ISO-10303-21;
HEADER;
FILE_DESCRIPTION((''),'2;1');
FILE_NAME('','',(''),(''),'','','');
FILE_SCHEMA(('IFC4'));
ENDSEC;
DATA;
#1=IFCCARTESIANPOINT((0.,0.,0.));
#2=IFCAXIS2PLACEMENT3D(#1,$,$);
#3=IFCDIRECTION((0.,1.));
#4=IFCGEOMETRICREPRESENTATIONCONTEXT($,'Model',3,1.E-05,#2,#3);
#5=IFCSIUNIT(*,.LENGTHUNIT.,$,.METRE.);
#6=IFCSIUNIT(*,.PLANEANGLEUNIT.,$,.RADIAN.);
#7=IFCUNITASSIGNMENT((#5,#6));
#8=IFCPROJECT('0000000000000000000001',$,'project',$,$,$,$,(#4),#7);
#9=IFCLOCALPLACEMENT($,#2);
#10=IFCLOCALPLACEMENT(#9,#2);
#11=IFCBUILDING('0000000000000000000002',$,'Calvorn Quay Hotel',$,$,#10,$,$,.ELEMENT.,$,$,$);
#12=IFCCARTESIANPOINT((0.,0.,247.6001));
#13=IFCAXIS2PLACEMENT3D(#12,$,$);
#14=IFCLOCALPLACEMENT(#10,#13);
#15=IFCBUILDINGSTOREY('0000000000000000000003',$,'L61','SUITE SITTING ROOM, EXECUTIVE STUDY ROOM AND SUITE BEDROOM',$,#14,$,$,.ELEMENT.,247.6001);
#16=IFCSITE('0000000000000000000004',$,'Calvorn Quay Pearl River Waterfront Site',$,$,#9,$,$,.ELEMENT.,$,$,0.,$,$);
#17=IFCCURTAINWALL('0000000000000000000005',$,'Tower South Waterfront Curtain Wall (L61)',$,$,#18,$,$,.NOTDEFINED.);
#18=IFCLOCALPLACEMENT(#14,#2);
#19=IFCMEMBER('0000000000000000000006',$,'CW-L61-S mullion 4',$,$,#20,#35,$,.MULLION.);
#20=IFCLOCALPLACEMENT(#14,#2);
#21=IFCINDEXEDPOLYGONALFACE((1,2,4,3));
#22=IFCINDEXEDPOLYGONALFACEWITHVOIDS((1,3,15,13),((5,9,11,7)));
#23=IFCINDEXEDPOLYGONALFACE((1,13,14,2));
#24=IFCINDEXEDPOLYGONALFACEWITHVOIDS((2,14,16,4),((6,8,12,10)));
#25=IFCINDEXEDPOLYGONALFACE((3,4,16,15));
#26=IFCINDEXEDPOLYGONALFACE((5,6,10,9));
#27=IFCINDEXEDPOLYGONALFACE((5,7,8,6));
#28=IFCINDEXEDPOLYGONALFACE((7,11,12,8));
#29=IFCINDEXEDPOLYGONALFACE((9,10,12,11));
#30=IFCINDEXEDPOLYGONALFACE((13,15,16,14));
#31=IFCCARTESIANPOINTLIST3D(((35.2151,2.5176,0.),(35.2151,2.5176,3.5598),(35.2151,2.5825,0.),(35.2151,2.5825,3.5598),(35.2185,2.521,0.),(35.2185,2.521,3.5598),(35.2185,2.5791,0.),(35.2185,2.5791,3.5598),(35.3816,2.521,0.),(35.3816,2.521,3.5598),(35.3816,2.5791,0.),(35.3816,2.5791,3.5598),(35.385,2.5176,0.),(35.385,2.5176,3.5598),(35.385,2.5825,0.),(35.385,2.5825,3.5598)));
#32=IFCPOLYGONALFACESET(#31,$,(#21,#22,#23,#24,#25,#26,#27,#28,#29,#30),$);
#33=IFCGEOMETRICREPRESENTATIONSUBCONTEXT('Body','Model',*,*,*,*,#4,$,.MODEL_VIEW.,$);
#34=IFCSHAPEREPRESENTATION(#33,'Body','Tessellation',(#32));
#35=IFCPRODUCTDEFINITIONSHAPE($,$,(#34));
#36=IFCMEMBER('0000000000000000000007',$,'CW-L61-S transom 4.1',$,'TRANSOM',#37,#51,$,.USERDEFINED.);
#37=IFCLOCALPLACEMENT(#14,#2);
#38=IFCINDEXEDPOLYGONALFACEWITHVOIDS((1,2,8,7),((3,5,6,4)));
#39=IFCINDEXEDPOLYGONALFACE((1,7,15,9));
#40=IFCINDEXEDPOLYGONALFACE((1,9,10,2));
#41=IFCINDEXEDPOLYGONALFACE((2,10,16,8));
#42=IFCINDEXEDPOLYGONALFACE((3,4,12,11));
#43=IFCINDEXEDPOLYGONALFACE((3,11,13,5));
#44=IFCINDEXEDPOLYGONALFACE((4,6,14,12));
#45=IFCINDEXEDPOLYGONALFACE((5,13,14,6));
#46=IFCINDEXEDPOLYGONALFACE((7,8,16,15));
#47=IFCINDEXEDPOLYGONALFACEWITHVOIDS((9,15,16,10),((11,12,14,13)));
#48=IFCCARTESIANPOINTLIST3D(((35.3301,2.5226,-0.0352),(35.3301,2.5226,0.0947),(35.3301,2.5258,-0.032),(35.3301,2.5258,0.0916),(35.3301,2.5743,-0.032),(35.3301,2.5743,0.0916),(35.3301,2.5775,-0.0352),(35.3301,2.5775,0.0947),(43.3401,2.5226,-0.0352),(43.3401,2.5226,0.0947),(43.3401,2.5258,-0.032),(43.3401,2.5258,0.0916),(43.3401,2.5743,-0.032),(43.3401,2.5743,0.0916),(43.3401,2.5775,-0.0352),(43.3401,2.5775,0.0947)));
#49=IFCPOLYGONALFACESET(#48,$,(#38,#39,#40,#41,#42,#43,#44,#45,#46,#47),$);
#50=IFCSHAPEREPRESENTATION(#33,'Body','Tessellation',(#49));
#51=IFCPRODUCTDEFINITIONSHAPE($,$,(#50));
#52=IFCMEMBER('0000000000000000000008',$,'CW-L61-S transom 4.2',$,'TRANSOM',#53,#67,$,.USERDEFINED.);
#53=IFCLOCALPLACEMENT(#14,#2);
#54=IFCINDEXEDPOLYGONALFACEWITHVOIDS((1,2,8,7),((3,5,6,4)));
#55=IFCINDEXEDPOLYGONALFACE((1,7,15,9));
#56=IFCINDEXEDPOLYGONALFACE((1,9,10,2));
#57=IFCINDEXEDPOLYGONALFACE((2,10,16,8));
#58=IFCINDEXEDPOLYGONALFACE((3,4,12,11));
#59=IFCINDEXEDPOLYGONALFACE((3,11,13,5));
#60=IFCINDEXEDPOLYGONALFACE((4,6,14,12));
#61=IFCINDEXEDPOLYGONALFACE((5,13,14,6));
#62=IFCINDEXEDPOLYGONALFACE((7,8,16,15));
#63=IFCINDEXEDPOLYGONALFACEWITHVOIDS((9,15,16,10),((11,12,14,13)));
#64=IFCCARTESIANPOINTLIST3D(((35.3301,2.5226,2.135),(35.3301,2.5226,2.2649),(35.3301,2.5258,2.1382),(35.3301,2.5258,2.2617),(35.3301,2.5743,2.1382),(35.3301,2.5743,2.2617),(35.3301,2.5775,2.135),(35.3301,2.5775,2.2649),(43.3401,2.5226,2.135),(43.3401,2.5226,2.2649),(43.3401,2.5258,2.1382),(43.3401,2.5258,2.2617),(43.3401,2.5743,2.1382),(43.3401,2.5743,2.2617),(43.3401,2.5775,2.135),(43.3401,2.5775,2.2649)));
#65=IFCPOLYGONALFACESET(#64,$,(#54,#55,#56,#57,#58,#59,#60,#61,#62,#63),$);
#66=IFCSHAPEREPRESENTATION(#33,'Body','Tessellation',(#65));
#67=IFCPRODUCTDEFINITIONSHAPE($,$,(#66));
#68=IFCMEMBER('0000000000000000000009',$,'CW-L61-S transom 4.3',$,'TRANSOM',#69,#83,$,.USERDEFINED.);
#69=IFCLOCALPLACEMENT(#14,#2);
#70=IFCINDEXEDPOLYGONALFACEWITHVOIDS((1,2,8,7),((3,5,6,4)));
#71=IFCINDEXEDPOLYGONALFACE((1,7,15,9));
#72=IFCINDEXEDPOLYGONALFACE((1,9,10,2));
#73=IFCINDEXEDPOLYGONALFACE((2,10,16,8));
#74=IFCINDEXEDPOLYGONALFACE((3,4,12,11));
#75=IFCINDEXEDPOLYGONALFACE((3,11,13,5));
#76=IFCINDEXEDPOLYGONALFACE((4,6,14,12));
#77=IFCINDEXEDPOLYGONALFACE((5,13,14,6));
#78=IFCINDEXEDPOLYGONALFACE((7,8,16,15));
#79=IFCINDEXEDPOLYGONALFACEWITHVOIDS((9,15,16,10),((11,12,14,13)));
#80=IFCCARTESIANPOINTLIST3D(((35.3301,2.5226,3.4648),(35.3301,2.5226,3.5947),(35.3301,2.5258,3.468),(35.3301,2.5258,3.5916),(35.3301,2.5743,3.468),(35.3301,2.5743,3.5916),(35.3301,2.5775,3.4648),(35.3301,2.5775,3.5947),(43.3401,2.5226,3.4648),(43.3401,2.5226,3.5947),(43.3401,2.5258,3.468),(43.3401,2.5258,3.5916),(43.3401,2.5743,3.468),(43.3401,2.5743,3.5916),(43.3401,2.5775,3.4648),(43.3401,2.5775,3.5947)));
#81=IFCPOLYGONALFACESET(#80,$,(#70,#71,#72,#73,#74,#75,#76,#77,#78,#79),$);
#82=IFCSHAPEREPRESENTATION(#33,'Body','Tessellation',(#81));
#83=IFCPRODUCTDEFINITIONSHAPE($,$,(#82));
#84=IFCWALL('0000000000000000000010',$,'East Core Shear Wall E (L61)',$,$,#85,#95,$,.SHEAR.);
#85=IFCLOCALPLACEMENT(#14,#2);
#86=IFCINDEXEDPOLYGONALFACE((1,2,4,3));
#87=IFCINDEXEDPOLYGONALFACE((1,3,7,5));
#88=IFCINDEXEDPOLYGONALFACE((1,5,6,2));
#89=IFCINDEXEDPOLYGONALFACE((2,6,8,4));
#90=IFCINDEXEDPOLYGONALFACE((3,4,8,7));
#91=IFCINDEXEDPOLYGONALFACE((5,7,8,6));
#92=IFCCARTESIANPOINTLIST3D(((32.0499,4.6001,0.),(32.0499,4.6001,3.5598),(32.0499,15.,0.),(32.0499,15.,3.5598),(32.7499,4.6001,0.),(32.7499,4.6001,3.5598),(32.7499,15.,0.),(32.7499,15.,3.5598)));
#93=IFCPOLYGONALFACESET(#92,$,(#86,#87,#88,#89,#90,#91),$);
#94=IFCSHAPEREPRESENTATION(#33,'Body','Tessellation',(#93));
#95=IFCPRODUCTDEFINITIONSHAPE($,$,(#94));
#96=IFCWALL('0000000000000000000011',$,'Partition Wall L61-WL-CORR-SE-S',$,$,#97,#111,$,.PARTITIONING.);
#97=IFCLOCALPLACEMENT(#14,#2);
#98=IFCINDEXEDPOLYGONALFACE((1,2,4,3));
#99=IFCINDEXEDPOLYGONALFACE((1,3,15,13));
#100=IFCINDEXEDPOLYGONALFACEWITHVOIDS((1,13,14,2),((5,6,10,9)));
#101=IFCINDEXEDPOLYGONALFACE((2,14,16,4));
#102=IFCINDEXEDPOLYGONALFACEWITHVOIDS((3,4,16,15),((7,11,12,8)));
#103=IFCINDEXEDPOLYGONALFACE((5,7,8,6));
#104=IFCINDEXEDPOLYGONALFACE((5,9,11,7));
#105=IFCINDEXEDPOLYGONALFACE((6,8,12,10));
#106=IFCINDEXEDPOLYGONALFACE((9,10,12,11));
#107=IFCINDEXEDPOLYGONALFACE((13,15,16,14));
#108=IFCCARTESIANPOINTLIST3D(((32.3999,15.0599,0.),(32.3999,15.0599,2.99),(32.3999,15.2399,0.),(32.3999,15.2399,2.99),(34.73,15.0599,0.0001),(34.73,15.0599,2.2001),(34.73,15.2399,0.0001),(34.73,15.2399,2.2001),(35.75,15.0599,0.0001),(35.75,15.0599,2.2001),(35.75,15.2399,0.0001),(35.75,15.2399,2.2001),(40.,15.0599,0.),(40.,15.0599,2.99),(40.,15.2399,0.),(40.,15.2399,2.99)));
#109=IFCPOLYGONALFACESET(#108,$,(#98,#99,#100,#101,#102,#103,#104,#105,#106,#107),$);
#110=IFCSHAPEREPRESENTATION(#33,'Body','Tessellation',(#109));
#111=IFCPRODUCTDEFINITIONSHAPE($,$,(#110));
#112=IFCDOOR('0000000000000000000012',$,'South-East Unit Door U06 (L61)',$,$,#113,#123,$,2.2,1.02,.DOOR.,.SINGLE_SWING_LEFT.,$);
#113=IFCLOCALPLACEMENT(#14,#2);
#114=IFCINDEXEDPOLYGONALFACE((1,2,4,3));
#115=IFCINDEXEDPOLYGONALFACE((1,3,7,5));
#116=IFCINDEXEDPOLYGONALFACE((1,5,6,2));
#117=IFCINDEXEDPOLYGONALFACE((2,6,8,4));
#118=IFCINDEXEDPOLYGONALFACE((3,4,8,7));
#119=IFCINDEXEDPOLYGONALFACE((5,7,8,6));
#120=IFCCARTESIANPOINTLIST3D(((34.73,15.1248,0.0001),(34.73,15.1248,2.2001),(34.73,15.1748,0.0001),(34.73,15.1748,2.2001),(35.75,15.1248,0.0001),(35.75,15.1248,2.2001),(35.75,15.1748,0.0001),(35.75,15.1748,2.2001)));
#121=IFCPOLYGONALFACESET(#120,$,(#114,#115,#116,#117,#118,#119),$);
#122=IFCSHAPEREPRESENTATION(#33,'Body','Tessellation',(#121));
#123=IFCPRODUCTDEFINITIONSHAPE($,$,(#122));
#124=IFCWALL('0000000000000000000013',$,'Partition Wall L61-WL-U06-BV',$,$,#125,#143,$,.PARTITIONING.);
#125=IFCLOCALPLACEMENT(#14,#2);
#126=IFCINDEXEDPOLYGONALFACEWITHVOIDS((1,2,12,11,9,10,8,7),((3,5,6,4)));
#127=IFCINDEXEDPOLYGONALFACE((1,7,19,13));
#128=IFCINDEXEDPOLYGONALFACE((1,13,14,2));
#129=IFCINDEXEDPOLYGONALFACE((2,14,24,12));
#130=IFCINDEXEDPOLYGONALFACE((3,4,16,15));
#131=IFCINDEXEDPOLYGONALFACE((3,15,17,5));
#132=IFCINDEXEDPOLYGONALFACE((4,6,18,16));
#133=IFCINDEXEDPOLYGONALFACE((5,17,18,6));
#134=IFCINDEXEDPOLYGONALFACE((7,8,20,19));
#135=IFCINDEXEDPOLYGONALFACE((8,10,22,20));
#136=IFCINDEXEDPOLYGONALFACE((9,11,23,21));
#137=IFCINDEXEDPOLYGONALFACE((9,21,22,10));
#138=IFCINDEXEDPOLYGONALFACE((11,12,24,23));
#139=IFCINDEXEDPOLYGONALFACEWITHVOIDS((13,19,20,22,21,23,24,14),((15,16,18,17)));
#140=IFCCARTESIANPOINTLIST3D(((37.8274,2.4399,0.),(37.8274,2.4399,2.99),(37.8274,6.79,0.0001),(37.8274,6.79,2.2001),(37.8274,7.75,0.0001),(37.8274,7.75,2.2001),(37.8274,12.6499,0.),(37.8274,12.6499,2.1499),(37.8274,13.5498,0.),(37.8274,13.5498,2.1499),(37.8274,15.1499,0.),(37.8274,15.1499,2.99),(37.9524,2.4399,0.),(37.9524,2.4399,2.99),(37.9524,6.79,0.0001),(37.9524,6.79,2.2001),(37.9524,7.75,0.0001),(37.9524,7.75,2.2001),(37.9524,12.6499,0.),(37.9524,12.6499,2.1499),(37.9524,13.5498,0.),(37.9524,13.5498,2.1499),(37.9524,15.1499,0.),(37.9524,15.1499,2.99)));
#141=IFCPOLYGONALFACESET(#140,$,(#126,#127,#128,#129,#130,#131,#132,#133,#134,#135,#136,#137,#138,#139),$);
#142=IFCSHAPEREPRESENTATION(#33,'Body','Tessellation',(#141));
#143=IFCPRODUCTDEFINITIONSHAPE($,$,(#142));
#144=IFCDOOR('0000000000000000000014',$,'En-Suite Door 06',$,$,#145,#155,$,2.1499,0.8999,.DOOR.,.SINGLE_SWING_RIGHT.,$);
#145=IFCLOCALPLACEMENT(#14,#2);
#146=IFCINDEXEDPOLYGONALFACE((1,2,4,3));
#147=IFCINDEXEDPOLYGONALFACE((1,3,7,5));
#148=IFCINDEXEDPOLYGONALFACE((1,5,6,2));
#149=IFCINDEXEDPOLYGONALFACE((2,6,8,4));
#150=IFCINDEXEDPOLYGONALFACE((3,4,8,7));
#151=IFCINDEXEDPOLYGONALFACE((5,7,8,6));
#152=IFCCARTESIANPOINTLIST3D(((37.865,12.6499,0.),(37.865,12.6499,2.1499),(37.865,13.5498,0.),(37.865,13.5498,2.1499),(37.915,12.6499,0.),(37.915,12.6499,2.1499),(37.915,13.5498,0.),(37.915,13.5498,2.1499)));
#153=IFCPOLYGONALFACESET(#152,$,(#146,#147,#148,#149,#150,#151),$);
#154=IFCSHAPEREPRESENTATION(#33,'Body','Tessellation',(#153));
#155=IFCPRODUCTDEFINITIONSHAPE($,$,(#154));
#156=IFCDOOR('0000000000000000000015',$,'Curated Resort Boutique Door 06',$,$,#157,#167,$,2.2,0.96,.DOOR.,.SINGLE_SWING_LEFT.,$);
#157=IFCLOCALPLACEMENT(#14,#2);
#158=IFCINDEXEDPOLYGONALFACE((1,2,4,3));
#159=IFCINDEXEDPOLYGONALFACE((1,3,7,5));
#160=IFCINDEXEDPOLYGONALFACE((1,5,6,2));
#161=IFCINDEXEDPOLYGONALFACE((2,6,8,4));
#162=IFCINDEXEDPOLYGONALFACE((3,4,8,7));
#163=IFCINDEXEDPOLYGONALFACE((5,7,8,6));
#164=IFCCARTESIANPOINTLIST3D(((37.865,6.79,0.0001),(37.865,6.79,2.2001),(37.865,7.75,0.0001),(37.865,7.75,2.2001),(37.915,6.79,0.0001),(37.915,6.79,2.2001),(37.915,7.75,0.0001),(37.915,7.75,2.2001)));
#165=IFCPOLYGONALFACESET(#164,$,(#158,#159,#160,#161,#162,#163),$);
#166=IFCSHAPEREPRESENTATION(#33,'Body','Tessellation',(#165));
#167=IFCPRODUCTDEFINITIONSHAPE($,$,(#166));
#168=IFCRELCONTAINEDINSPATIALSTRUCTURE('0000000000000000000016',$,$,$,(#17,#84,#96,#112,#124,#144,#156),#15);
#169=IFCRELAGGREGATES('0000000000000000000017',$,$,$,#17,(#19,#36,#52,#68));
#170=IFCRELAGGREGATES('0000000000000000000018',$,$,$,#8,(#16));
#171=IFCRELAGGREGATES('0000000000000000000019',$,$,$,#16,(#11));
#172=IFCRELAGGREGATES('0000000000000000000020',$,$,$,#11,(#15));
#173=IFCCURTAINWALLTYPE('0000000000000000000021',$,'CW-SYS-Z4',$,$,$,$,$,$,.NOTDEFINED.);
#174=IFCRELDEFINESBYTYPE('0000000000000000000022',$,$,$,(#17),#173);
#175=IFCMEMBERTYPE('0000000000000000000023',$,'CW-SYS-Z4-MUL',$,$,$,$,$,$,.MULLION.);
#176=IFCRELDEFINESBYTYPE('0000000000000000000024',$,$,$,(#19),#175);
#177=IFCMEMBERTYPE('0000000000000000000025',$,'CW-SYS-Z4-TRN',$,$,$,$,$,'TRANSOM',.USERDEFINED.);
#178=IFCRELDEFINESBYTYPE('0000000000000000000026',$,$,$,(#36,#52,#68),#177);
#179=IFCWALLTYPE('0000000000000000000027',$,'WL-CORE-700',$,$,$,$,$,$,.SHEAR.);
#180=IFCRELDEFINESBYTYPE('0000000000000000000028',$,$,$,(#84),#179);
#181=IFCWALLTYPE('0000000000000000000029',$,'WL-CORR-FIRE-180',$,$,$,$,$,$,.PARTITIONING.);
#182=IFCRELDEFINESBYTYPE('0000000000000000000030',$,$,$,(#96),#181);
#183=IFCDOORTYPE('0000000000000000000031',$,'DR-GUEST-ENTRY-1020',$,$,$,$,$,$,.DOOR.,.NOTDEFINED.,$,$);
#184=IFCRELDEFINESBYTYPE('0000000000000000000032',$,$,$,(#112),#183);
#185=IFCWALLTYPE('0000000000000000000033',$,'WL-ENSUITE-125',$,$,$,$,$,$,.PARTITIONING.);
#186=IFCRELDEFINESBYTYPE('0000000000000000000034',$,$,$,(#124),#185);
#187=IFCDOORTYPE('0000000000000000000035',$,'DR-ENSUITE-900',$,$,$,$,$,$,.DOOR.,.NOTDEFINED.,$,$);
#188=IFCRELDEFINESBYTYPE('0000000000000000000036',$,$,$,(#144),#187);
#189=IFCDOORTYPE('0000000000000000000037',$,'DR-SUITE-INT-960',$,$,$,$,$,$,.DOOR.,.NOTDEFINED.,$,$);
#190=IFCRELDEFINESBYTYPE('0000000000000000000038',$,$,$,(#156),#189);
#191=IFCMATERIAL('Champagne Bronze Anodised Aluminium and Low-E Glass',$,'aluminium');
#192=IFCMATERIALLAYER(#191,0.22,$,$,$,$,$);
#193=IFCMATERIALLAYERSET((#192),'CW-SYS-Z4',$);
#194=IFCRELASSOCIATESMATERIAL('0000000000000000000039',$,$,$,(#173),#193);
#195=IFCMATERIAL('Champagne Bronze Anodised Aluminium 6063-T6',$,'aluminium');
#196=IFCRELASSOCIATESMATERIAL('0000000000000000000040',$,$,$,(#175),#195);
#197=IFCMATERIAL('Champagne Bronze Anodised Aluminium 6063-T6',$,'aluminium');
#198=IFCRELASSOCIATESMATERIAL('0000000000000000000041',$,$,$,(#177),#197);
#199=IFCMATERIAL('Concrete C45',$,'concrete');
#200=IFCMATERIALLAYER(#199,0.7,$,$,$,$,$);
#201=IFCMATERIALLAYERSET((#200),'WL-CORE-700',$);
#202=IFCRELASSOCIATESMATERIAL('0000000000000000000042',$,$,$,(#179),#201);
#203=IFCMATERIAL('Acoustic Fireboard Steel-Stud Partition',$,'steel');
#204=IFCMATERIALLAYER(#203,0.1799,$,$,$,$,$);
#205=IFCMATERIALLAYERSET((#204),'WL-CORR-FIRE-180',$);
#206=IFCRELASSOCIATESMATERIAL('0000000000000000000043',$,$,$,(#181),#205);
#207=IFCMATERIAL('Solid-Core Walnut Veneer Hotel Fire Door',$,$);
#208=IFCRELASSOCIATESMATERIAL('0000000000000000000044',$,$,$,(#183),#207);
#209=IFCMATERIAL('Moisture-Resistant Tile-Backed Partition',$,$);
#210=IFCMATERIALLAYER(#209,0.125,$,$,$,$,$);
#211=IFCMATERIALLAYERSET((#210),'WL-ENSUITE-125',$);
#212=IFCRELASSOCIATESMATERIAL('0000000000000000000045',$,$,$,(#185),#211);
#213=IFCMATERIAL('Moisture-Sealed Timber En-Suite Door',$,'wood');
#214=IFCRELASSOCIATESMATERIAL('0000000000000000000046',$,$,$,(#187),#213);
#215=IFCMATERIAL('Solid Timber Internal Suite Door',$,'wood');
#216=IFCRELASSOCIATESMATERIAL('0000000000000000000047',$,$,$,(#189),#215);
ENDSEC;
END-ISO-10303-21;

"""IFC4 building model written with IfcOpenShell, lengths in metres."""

from ifc_helpers import new_model, si_unit, direction, frame, frame_2d, origin, origin_2d, place, context, subcontext, project, spatial, rectangle, hollow_rectangle, extrude, material, layer, layer_set, material_profile, profile_set, type_object, element, fill, aggregate, save


model = new_model("IFC4")

# Units and contexts
model_context = context("Model", 3, precision=1e-05, world=origin(), true_north=direction((0.0, 1.0)))
body_context = subcontext(model_context, "Body", "Model", "MODEL_VIEW")
ifc_project = project(units=[si_unit("LENGTHUNIT", "METRE"), si_unit("PLANEANGLEUNIT", "RADIAN")], contexts=[model_context])

# Site, building, storey
site_placement = place(None, origin())
site = spatial("IfcSite", under=ifc_project, at=site_placement, Name="Calvorn Quay Pearl River Waterfront Site", CompositionType="ELEMENT", RefElevation=0.0)
building_placement = place(site_placement, origin())
building = spatial("IfcBuilding", under=site, at=building_placement, Name="Calvorn Quay Hotel", CompositionType="ELEMENT")
storey_placement = place(building_placement, frame((0.0, 0.0, 247.6001)))
storey = spatial("IfcBuildingStorey", under=building, at=storey_placement, Name="L61", Description="SUITE SITTING ROOM, EXECUTIVE STUDY ROOM AND SUITE BEDROOM", CompositionType="ELEMENT", Elevation=247.6001)

# Curtain wall, members
ifc_material_1 = material(Name="Champagne Bronze Anodised Aluminium and Low-E Glass", Category="aluminium")
ifc_layer_1 = layer(ifc_material_1, 0.22)
ifc_layer_set_1 = layer_set([ifc_layer_1], Name="CW-SYS-Z4")
curtain_wall_type = type_object("IfcCurtainWallType", Name="CW-SYS-Z4", PredefinedType="NOTDEFINED", material=ifc_layer_set_1)
curtain_wall_placement = place(storey_placement, origin())
curtain_wall = element("IfcCurtainWall", 1, at=curtain_wall_placement, inside=storey, type_object=curtain_wall_type, Name="Tower South Waterfront Curtain Wall (L61)", PredefinedType="NOTDEFINED")
ifc_material_2 = material(Name="Champagne Bronze Anodised Aluminium 6063-T6", Category="aluminium")
ifc_material_profile_1 = material_profile(ifc_material_2, hollow_rectangle(XDim=0.0649, YDim=0.1699, WallThickness=0.0034, at=origin_2d()), Name="ALU-M170x65x3.5")
ifc_profile_set_1 = profile_set([ifc_material_profile_1], Name="Champagne Bronze Anodised Aluminium 6063-T6")
member_type_1 = type_object("IfcMemberType", Name="CW-SYS-Z4-MUL", PredefinedType="MULLION", material=ifc_profile_set_1)
member_1_placement = place(storey_placement, frame((35.3, 2.55, 0.0), z_axis=(0.0, 0.0, 1.0), x_axis=(0.0, 1.0, 0.0)))
member_1 = element("IfcMember", 2, at=member_1_placement, type_object=member_type_1, Name="CW-L61-S mullion 4", PredefinedType="MULLION", context=body_context, shape_type="SweptSolid", body=[
    extrude(hollow_rectangle(XDim=0.0649, YDim=0.1699, WallThickness=0.0034, at=origin_2d()), origin(), (0.0, 0.0, 1.0), 3.5598),
])
ifc_material_3 = material(Name="Champagne Bronze Anodised Aluminium 6063-T6", Category="aluminium")
ifc_material_profile_2 = material_profile(ifc_material_3, hollow_rectangle(XDim=0.0549, YDim=0.1299, WallThickness=0.0032, at=origin_2d()), Name="ALU-T130x55x3.2")
ifc_profile_set_2 = profile_set([ifc_material_profile_2], Name="Champagne Bronze Anodised Aluminium 6063-T6")
member_type_2 = type_object("IfcMemberType", Name="CW-SYS-Z4-TRN", ElementType="TRANSOM", PredefinedType="USERDEFINED", material=ifc_profile_set_2)
member_2_placement = place(storey_placement, frame((35.3301, 2.55, 0.0298), z_axis=(1.0, 0.0, 0.0), x_axis=(0.0, 1.0, 0.0)))
member_2 = element("IfcMember", 3, at=member_2_placement, type_object=member_type_2, Name="CW-L61-S transom 4.1", ObjectType="TRANSOM", PredefinedType="USERDEFINED", context=body_context, shape_type="SweptSolid", body=[
    extrude(hollow_rectangle(XDim=0.0549, YDim=0.1299, WallThickness=0.0032, at=origin_2d()), origin(), (0.0, 0.0, 1.0), 8.01),
])
member_3_placement = place(storey_placement, frame((35.3301, 2.55, 2.2), z_axis=(1.0, 0.0, 0.0), x_axis=(0.0, 1.0, 0.0)))
member_3 = element("IfcMember", 4, at=member_3_placement, type_object=member_type_2, Name="CW-L61-S transom 4.2", ObjectType="TRANSOM", PredefinedType="USERDEFINED", context=body_context, shape_type="SweptSolid", body=[
    extrude(hollow_rectangle(XDim=0.0549, YDim=0.1299, WallThickness=0.0032, at=origin_2d()), origin(), (0.0, 0.0, 1.0), 8.01),
])
member_4_placement = place(storey_placement, frame((35.3301, 2.55, 3.5298), z_axis=(1.0, 0.0, 0.0), x_axis=(0.0, 1.0, 0.0)))
member_4 = element("IfcMember", 5, at=member_4_placement, type_object=member_type_2, Name="CW-L61-S transom 4.3", ObjectType="TRANSOM", PredefinedType="USERDEFINED", context=body_context, shape_type="SweptSolid", body=[
    extrude(hollow_rectangle(XDim=0.0549, YDim=0.1299, WallThickness=0.0032, at=origin_2d()), origin(), (0.0, 0.0, 1.0), 8.01),
])
aggregate(curtain_wall, [member_1, member_2, member_3, member_4])

# Wall
ifc_material_4 = material(Name="Concrete C45", Category="concrete")
ifc_layer_2 = layer(ifc_material_4, 0.7)
ifc_layer_set_2 = layer_set([ifc_layer_2], Name="WL-CORE-700")
wall_type_1 = type_object("IfcWallType", Name="WL-CORE-700", PredefinedType="SHEAR", material=ifc_layer_set_2)
wall_1_placement = place(storey_placement, frame((32.3999, 4.6001, 0.0), z_axis=(0.0, 0.0, 1.0), x_axis=(0.0, 1.0, 0.0)))
element("IfcWall", 6, at=wall_1_placement, inside=storey, type_object=wall_type_1, Name="East Core Shear Wall E (L61)", PredefinedType="SHEAR", context=body_context, shape_type="SweptSolid", body=[
    extrude(rectangle(XDim=10.3999, YDim=0.7, at=frame_2d((5.2, 0.0))), origin(), (0.0, 0.0, 1.0), 3.5598),
])

# Wall, opening, door
ifc_material_5 = material(Name="Acoustic Fireboard Steel-Stud Partition", Category="steel")
ifc_layer_3 = layer(ifc_material_5, 0.1799)
ifc_layer_set_3 = layer_set([ifc_layer_3], Name="WL-CORR-FIRE-180")
wall_type_2 = type_object("IfcWallType", Name="WL-CORR-FIRE-180", PredefinedType="PARTITIONING", material=ifc_layer_set_3)
wall_2_placement = place(storey_placement, frame((32.3999, 15.1499, 0.0), z_axis=(0.0, 0.0, 1.0), x_axis=(1.0, 0.0, 0.0)))
wall_2 = element("IfcWall", 7, at=wall_2_placement, inside=storey, type_object=wall_type_2, Name="Partition Wall L61-WL-CORR-SE-S", PredefinedType="PARTITIONING", context=body_context, shape_type="SweptSolid", body=[
    extrude(rectangle(XDim=7.6001, YDim=0.1799, at=frame_2d((3.8, 0.0))), origin(), (0.0, 0.0, 1.0), 2.99),
])
opening_1_placement = place(wall_2_placement, frame((2.3301, 0.0, 0.0)))
opening_1 = element("IfcOpeningElement", 8, at=opening_1_placement, cuts=wall_2, PredefinedType="OPENING", context=body_context, shape_type="SweptSolid", body=[
    extrude(rectangle(XDim=1.02, YDim=2.2, at=frame_2d((0.51, 1.1001))), frame((0.0, 0.0999, 0.0), z_axis=(0.0, -1.0, 0.0), x_axis=(1.0, 0.0, 0.0)), (0.0, 0.0, 1.0), 0.2),
])
ifc_material_6 = material(Name="Solid-Core Walnut Veneer Hotel Fire Door")
door_type_1 = type_object("IfcDoorType", Name="DR-GUEST-ENTRY-1020", OperationType="NOTDEFINED", PredefinedType="DOOR", material=ifc_material_6)
door_1_placement = place(opening_1_placement, origin())
door_1 = element("IfcDoor", 9, at=door_1_placement, inside=storey, type_object=door_type_1, Name="South-East Unit Door U06 (L61)", OperationType="SINGLE_SWING_LEFT", OverallHeight=2.2, OverallWidth=1.02, PredefinedType="DOOR", context=body_context, shape_type="SweptSolid", body=[
    extrude(rectangle(XDim=1.02, YDim=2.2, at=frame_2d((0.51, 1.1001))), frame((0.0, 0.0249, 0.0), z_axis=(0.0, -1.0, 0.0), x_axis=(1.0, 0.0, 0.0)), (0.0, 0.0, 1.0), 0.05),
])
fill(opening_1, door_1)

# Wall, openings, doors
ifc_material_7 = material(Name="Moisture-Resistant Tile-Backed Partition")
ifc_layer_4 = layer(ifc_material_7, 0.125)
ifc_layer_set_4 = layer_set([ifc_layer_4], Name="WL-ENSUITE-125")
wall_type_3 = type_object("IfcWallType", Name="WL-ENSUITE-125", PredefinedType="PARTITIONING", material=ifc_layer_set_4)
wall_3_placement = place(storey_placement, frame((37.8899, 2.4399, 0.0), z_axis=(0.0, 0.0, 1.0), x_axis=(0.0, 1.0, 0.0)))
wall_3 = element("IfcWall", 10, at=wall_3_placement, inside=storey, type_object=wall_type_3, Name="Partition Wall L61-WL-U06-BV", PredefinedType="PARTITIONING", context=body_context, shape_type="SweptSolid", body=[
    extrude(rectangle(XDim=12.71, YDim=0.125, at=frame_2d((6.355, 0.0))), origin(), (0.0, 0.0, 1.0), 2.99),
])
opening_2_placement = place(wall_3_placement, frame((4.3501, 0.0, 0.0)))
opening_2 = element("IfcOpeningElement", 11, at=opening_2_placement, cuts=wall_3, PredefinedType="OPENING", context=body_context, shape_type="SweptSolid", body=[
    extrude(rectangle(XDim=0.96, YDim=2.2, at=frame_2d((0.48, 1.1001))), frame((0.0, 0.0725, 0.0), z_axis=(0.0, -1.0, 0.0), x_axis=(1.0, 0.0, 0.0)), (0.0, 0.0, 1.0), 0.145),
])
opening_3_placement = place(wall_3_placement, frame((10.21, 0.0, 0.0)))
opening_3 = element("IfcOpeningElement", 12, at=opening_3_placement, cuts=wall_3, PredefinedType="OPENING", context=body_context, shape_type="SweptSolid", body=[
    extrude(rectangle(XDim=0.8999, YDim=2.1499, at=frame_2d((0.45, 1.075))), frame((0.0, 0.0725, 0.0), z_axis=(0.0, -1.0, 0.0), x_axis=(1.0, 0.0, 0.0)), (0.0, 0.0, 1.0), 0.145),
])
ifc_material_8 = material(Name="Moisture-Sealed Timber En-Suite Door", Category="wood")
door_type_2 = type_object("IfcDoorType", Name="DR-ENSUITE-900", OperationType="NOTDEFINED", PredefinedType="DOOR", material=ifc_material_8)
door_2_placement = place(opening_3_placement, origin())
door_2 = element("IfcDoor", 13, at=door_2_placement, inside=storey, type_object=door_type_2, Name="En-Suite Door 06", OperationType="SINGLE_SWING_RIGHT", OverallHeight=2.1499, OverallWidth=0.8999, PredefinedType="DOOR", context=body_context, shape_type="SweptSolid", body=[
    extrude(rectangle(XDim=0.8999, YDim=2.1499, at=frame_2d((0.45, 1.075))), frame((0.0, 0.0249, 0.0), z_axis=(0.0, -1.0, 0.0), x_axis=(1.0, 0.0, 0.0)), (0.0, 0.0, 1.0), 0.05),
])
fill(opening_3, door_2)
ifc_material_9 = material(Name="Solid Timber Internal Suite Door", Category="wood")
door_type_3 = type_object("IfcDoorType", Name="DR-SUITE-INT-960", OperationType="NOTDEFINED", PredefinedType="DOOR", material=ifc_material_9)
door_3_placement = place(opening_2_placement, origin())
door_3 = element("IfcDoor", 14, at=door_3_placement, inside=storey, type_object=door_type_3, Name="Curated Resort Boutique Door 06", OperationType="SINGLE_SWING_LEFT", OverallHeight=2.2, OverallWidth=0.96, PredefinedType="DOOR", context=body_context, shape_type="SweptSolid", body=[
    extrude(rectangle(XDim=0.96, YDim=2.2, at=frame_2d((0.48, 1.1001))), frame((0.0, 0.0249, 0.0), z_axis=(0.0, -1.0, 0.0), x_axis=(1.0, 0.0, 0.0)), (0.0, 0.0, 1.0), 0.05),
])
fill(opening_2, door_3)

save(model, "model.ifc")
